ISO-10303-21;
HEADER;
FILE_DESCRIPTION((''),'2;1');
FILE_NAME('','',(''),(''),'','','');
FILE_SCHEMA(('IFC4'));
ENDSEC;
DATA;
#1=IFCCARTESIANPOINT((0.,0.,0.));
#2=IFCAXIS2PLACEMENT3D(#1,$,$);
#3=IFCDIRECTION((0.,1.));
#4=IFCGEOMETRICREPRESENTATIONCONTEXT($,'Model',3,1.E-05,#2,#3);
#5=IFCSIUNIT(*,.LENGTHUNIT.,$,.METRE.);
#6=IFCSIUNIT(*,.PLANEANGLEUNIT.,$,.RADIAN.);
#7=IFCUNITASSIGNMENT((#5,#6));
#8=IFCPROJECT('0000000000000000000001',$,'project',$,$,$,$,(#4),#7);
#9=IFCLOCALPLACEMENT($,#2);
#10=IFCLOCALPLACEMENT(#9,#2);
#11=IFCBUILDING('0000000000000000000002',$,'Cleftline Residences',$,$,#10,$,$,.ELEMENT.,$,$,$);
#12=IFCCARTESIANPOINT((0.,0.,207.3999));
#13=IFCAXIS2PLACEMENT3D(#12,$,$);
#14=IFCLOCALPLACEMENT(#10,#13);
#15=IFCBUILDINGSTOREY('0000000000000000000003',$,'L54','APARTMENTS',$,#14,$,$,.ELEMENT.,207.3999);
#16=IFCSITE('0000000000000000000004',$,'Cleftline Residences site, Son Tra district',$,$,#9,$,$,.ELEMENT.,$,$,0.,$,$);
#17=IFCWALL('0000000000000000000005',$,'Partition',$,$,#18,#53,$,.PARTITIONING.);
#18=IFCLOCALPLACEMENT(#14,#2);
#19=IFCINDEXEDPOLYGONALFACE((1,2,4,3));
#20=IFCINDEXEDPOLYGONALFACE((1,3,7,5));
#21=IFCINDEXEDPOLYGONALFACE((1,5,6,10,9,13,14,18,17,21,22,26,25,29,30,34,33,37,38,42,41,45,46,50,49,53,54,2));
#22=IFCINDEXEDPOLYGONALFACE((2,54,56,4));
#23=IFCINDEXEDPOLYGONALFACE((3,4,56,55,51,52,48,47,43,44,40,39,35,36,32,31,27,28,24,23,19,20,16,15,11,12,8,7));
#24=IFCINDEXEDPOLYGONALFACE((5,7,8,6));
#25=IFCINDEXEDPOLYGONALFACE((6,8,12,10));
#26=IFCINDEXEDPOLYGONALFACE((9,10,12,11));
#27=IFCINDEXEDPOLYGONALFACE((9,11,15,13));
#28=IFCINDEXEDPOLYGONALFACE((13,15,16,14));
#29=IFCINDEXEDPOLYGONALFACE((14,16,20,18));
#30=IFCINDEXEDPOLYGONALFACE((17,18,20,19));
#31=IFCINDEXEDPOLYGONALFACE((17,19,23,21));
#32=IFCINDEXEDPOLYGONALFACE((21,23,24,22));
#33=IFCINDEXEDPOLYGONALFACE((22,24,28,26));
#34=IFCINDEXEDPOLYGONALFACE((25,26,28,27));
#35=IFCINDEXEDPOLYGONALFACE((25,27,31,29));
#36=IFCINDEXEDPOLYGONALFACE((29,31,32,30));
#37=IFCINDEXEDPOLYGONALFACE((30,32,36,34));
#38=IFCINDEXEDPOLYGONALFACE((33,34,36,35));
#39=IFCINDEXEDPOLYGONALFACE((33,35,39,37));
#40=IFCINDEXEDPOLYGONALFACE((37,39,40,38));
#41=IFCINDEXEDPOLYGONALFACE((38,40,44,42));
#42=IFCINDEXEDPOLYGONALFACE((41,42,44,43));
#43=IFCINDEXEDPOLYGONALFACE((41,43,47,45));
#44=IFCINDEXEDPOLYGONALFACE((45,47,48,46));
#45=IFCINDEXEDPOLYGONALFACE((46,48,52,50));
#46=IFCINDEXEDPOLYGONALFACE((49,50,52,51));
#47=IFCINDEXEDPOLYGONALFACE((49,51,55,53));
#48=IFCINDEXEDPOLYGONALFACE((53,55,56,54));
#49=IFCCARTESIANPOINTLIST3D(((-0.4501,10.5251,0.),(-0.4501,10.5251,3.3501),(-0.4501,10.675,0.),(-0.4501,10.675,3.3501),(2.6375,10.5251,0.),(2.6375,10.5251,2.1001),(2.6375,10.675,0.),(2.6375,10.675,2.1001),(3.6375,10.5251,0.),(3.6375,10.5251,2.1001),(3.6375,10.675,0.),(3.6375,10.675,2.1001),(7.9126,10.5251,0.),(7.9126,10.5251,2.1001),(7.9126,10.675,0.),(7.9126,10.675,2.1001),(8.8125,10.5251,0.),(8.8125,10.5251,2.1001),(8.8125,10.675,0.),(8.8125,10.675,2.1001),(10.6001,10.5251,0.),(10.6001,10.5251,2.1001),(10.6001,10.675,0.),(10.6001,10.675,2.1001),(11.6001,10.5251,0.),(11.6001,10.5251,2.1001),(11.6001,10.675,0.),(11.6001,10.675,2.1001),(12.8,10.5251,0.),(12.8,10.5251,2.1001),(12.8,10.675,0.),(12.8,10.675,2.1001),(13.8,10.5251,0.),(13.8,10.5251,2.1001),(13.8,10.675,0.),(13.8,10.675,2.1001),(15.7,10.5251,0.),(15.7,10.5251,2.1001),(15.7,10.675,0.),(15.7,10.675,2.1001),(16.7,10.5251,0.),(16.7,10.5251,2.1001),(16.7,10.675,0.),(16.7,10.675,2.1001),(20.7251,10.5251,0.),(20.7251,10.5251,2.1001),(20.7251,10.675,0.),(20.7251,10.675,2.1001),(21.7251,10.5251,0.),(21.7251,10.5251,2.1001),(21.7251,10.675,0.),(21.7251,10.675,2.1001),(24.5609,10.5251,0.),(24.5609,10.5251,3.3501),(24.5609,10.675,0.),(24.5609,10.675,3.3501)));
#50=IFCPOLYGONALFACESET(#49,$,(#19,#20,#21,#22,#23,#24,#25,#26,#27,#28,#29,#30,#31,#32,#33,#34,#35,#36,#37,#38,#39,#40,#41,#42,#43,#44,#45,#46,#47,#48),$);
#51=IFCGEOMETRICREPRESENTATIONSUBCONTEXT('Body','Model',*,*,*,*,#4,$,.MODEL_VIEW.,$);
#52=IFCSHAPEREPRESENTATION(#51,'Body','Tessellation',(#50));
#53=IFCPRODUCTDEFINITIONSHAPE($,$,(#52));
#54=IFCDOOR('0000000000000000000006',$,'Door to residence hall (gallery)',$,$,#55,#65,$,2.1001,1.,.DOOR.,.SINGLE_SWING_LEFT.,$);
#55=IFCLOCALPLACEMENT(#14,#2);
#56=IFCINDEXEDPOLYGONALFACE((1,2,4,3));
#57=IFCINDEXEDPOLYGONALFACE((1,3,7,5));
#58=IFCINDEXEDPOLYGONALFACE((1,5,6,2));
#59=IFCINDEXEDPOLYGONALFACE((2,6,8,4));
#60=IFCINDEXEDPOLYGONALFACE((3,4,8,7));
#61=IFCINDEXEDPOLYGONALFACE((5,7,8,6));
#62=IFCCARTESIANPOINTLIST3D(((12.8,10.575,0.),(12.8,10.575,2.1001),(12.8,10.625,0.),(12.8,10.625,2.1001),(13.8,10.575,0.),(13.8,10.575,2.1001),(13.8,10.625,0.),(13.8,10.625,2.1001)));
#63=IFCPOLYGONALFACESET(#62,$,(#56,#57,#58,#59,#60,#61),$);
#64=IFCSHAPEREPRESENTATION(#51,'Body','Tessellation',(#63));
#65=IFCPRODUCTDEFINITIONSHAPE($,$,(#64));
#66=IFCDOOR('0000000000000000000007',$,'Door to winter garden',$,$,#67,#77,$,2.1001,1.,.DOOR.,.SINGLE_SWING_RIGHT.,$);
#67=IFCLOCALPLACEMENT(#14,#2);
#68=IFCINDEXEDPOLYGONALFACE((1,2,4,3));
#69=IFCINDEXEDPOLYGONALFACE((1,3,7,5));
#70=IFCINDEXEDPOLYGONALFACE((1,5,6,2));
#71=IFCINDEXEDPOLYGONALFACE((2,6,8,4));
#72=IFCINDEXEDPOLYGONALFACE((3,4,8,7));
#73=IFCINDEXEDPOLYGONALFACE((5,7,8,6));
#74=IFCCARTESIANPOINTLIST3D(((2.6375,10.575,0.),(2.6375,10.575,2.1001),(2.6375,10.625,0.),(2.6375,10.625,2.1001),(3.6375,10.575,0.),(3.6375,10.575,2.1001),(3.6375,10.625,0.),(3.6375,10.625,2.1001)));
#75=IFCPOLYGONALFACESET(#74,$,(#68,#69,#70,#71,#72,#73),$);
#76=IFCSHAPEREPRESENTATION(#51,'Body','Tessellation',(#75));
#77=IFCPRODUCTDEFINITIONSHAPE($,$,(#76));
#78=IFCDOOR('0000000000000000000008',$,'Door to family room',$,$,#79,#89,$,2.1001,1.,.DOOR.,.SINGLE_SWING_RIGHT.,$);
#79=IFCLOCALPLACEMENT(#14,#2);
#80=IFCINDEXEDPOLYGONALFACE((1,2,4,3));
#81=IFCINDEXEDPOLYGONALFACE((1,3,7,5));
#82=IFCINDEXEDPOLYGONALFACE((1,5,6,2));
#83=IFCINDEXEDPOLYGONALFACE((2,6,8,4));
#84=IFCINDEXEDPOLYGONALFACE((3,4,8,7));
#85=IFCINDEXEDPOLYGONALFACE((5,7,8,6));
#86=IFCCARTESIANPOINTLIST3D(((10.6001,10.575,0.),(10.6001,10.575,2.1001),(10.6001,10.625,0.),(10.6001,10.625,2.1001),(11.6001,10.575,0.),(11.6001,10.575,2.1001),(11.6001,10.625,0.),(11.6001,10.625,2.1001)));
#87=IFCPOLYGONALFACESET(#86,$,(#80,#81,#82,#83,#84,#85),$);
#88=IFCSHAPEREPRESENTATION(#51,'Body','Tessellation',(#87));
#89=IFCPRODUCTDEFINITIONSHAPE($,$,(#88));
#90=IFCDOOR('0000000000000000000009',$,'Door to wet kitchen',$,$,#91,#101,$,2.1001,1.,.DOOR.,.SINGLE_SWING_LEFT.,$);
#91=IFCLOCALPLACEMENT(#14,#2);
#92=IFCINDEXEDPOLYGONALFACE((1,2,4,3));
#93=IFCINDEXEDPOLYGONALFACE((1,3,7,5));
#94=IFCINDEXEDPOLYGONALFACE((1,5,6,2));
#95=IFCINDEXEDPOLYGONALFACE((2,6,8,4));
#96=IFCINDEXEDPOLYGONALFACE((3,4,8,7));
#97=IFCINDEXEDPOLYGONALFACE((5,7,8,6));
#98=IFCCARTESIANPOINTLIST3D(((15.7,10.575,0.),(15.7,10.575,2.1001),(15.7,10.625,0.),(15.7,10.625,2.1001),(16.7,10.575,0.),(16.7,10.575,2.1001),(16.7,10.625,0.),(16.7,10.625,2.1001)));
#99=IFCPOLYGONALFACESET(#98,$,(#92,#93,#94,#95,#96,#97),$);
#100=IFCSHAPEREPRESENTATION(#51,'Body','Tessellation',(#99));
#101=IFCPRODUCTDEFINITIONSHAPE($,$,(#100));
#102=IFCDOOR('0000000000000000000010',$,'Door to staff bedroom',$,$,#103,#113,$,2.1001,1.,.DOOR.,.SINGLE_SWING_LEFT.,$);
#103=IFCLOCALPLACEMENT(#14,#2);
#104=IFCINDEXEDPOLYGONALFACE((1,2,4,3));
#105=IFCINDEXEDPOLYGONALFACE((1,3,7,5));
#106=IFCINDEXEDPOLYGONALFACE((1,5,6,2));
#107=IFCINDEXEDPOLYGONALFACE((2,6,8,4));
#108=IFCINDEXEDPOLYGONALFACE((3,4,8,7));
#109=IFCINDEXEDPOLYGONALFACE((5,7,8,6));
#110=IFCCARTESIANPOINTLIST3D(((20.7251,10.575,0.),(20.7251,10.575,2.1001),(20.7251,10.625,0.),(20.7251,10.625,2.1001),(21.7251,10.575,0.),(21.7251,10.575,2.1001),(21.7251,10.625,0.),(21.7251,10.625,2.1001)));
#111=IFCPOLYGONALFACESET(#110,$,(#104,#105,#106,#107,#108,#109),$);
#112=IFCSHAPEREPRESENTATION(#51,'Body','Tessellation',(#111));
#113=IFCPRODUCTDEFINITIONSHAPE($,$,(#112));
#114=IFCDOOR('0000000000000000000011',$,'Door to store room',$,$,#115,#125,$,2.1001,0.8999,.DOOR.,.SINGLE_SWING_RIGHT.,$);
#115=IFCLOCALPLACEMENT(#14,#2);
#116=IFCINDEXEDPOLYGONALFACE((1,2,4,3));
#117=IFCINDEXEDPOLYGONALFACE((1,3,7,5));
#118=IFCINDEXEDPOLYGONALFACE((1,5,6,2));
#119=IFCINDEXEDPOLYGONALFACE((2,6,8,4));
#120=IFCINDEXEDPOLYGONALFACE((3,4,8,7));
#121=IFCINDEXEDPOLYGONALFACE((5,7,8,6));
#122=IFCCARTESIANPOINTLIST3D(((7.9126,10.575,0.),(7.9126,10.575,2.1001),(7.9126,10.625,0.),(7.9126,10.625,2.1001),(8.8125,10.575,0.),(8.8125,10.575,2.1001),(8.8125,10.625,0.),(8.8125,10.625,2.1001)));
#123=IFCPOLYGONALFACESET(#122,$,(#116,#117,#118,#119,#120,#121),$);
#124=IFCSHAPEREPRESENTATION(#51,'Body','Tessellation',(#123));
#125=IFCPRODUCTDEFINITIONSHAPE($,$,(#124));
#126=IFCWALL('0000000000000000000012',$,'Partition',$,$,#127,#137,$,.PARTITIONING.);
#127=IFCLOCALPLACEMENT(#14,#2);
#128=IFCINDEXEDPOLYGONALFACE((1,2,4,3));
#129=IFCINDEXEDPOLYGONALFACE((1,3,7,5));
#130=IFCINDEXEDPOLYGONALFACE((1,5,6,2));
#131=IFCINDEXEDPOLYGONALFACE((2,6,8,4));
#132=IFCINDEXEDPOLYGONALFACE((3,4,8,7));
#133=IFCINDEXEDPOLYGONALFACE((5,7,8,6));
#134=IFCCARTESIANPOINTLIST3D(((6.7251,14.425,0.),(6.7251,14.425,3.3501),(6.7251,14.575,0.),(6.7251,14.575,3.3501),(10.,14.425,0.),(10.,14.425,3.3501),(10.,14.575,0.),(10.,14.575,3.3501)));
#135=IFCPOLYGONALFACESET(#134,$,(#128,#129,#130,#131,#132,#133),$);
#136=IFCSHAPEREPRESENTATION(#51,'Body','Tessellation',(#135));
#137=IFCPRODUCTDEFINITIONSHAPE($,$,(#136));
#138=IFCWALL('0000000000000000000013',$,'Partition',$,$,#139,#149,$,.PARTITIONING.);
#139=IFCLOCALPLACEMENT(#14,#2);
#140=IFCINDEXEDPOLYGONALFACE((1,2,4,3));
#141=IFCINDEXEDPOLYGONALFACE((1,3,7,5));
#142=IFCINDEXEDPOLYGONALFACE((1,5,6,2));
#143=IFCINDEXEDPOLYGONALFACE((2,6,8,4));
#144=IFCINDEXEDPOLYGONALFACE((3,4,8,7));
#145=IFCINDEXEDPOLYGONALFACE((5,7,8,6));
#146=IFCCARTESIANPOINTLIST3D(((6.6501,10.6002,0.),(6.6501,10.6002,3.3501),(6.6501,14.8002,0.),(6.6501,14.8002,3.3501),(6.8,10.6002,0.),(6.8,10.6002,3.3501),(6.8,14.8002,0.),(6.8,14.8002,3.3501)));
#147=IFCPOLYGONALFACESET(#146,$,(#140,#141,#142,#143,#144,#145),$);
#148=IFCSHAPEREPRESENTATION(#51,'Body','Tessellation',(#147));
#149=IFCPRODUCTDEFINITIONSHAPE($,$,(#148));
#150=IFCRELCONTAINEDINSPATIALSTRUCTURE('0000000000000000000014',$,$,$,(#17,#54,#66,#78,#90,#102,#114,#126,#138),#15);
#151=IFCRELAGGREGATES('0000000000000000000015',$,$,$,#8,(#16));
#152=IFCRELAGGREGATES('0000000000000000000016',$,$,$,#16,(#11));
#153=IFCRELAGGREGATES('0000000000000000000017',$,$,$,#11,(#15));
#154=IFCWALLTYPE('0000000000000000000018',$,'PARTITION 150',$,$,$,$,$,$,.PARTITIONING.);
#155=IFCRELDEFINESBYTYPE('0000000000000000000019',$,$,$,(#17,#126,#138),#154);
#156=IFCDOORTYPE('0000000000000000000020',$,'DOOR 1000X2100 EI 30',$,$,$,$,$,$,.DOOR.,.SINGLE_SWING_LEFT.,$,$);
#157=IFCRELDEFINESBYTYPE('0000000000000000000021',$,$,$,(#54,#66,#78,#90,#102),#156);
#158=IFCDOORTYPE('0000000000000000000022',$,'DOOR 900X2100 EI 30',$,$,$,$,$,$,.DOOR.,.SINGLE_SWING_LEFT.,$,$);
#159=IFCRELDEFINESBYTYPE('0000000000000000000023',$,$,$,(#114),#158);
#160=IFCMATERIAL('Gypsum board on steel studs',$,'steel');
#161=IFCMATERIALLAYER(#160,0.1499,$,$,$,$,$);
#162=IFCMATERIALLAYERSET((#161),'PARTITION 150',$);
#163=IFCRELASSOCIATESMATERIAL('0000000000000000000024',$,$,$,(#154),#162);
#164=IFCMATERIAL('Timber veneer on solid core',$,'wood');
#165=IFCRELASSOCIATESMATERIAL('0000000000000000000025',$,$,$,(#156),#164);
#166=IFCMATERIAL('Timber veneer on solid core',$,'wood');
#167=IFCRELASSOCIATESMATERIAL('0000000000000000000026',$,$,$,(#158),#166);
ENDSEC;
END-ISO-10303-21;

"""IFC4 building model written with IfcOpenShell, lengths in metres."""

from ifc_helpers import new_model, si_unit, direction, frame, frame_2d, origin, place, context, subcontext, project, spatial, rectangle, extrude, material, layer, layer_set, type_object, element, fill, save


model = new_model("IFC4")

# Units and contexts
model_context = context("Model", 3, precision=1e-05, world=origin(), true_north=direction((0.0, 1.0)))
body_context = subcontext(model_context, "Body", "Model", "MODEL_VIEW")
ifc_project = project(units=[si_unit("LENGTHUNIT", "METRE"), si_unit("PLANEANGLEUNIT", "RADIAN")], contexts=[model_context])

# Site, building, storey
site_placement = place(None, origin())
site = spatial("IfcSite", under=ifc_project, at=site_placement, Name="Cleftline Residences site, Son Tra district", CompositionType="ELEMENT", RefElevation=0.0)
building_placement = place(site_placement, origin())
building = spatial("IfcBuilding", under=site, at=building_placement, Name="Cleftline Residences", CompositionType="ELEMENT")
storey_placement = place(building_placement, frame((0.0, 0.0, 207.3999)))
storey = spatial("IfcBuildingStorey", under=building, at=storey_placement, Name="L54", Description="APARTMENTS", CompositionType="ELEMENT", Elevation=207.3999)

# Wall, openings, doors
ifc_material_1 = material(Name="Gypsum board on steel studs", Category="steel")
ifc_layer = layer(ifc_material_1, 0.1499)
ifc_layer_set = layer_set([ifc_layer], Name="PARTITION 150")
wall_type = type_object("IfcWallType", Name="PARTITION 150", PredefinedType="PARTITIONING", material=ifc_layer_set)
wall_1_placement = place(storey_placement, frame((-0.45, 10.6001, 0.0), z_axis=(0.0, 0.0, 1.0), x_axis=(1.0, 0.0, 0.0)))
wall_1 = element("IfcWall", 1, at=wall_1_placement, inside=storey, type_object=wall_type, Name="Partition", PredefinedType="PARTITIONING", context=body_context, shape_type="SweptSolid", body=[
    extrude(rectangle(XDim=25.011, YDim=0.1499, at=frame_2d((12.5054, 0.0))), origin(), (0.0, 0.0, 1.0), 3.3501),
])
opening_1_placement = place(wall_1_placement, frame((13.25, 0.0, 0.0)))
opening_1 = element("IfcOpeningElement", 2, at=opening_1_placement, cuts=wall_1, PredefinedType="OPENING", context=body_context, shape_type="SweptSolid", body=[
    extrude(rectangle(XDim=1.0, YDim=2.1001, at=frame_2d((0.5, 1.05))), frame((0.0, 0.085, 0.0), z_axis=(0.0, -1.0, 0.0), x_axis=(1.0, 0.0, 0.0)), (0.0, 0.0, 1.0), 0.1699),
])
opening_2_placement = place(wall_1_placement, frame((3.0874, 0.0, 0.0)))
opening_2 = element("IfcOpeningElement", 3, at=opening_2_placement, cuts=wall_1, PredefinedType="OPENING", context=body_context, shape_type="SweptSolid", body=[
    extrude(rectangle(XDim=1.0, YDim=2.1001, at=frame_2d((0.5, 1.05))), frame((0.0, 0.085, 0.0), z_axis=(0.0, -1.0, 0.0), x_axis=(1.0, 0.0, 0.0)), (0.0, 0.0, 1.0), 0.1699),
])
opening_3_placement = place(wall_1_placement, frame((8.3625, 0.0, 0.0)))
opening_3 = element("IfcOpeningElement", 4, at=opening_3_placement, cuts=wall_1, PredefinedType="OPENING", context=body_context, shape_type="SweptSolid", body=[
    extrude(rectangle(XDim=0.8999, YDim=2.1001, at=frame_2d((0.45, 1.05))), frame((0.0, 0.085, 0.0), z_axis=(0.0, -1.0, 0.0), x_axis=(1.0, 0.0, 0.0)), (0.0, 0.0, 1.0), 0.1699),
])
opening_4_placement = place(wall_1_placement, frame((11.05, 0.0, 0.0)))
opening_4 = element("IfcOpeningElement", 5, at=opening_4_placement, cuts=wall_1, PredefinedType="OPENING", context=body_context, shape_type="SweptSolid", body=[
    extrude(rectangle(XDim=1.0, YDim=2.1001, at=frame_2d((0.5, 1.05))), frame((0.0, 0.085, 0.0), z_axis=(0.0, -1.0, 0.0), x_axis=(1.0, 0.0, 0.0)), (0.0, 0.0, 1.0), 0.1699),
])
opening_5_placement = place(wall_1_placement, frame((16.1499, 0.0, 0.0)))
opening_5 = element("IfcOpeningElement", 6, at=opening_5_placement, cuts=wall_1, PredefinedType="OPENING", context=body_context, shape_type="SweptSolid", body=[
    extrude(rectangle(XDim=1.0, YDim=2.1001, at=frame_2d((0.5, 1.05))), frame((0.0, 0.085, 0.0), z_axis=(0.0, -1.0, 0.0), x_axis=(1.0, 0.0, 0.0)), (0.0, 0.0, 1.0), 0.1699),
])
opening_6_placement = place(wall_1_placement, frame((21.175, 0.0, 0.0)))
opening_6 = element("IfcOpeningElement", 7, at=opening_6_placement, cuts=wall_1, PredefinedType="OPENING", context=body_context, shape_type="SweptSolid", body=[
    extrude(rectangle(XDim=1.0, YDim=2.1001, at=frame_2d((0.5, 1.05))), frame((0.0, 0.085, 0.0), z_axis=(0.0, -1.0, 0.0), x_axis=(1.0, 0.0, 0.0)), (0.0, 0.0, 1.0), 0.1699),
])
ifc_material_2 = material(Name="Timber veneer on solid core", Category="wood")
door_type_1 = type_object("IfcDoorType", Name="DOOR 1000X2100 EI 30", OperationType="SINGLE_SWING_LEFT", PredefinedType="DOOR", material=ifc_material_2)
door_1_placement = place(opening_1_placement, origin())
door_1 = element("IfcDoor", 8, at=door_1_placement, inside=storey, type_object=door_type_1, Name="Door to residence hall (gallery)", OperationType="SINGLE_SWING_LEFT", OverallHeight=2.1001, OverallWidth=1.0, PredefinedType="DOOR", context=body_context, shape_type="SweptSolid", body=[
    extrude(rectangle(XDim=1.0, YDim=2.1001, at=frame_2d((0.5, 1.05))), frame((0.0, 0.0249, 0.0), z_axis=(0.0, -1.0, 0.0), x_axis=(1.0, 0.0, 0.0)), (0.0, 0.0, 1.0), 0.05),
])
fill(opening_1, door_1)
door_2_placement = place(opening_2_placement, origin())
door_2 = element("IfcDoor", 9, at=door_2_placement, inside=storey, type_object=door_type_1, Name="Door to winter garden", OperationType="SINGLE_SWING_RIGHT", OverallHeight=2.1001, OverallWidth=1.0, PredefinedType="DOOR", context=body_context, shape_type="SweptSolid", body=[
    extrude(rectangle(XDim=1.0, YDim=2.1001, at=frame_2d((0.5, 1.05))), frame((0.0, 0.0249, 0.0), z_axis=(0.0, -1.0, 0.0), x_axis=(1.0, 0.0, 0.0)), (0.0, 0.0, 1.0), 0.05),
])
fill(opening_2, door_2)
door_3_placement = place(opening_4_placement, origin())
door_3 = element("IfcDoor", 10, at=door_3_placement, inside=storey, type_object=door_type_1, Name="Door to family room", OperationType="SINGLE_SWING_RIGHT", OverallHeight=2.1001, OverallWidth=1.0, PredefinedType="DOOR", context=body_context, shape_type="SweptSolid", body=[
    extrude(rectangle(XDim=1.0, YDim=2.1001, at=frame_2d((0.5, 1.05))), frame((0.0, 0.0249, 0.0), z_axis=(0.0, -1.0, 0.0), x_axis=(1.0, 0.0, 0.0)), (0.0, 0.0, 1.0), 0.05),
])
fill(opening_4, door_3)
door_4_placement = place(opening_5_placement, origin())
door_4 = element("IfcDoor", 11, at=door_4_placement, inside=storey, type_object=door_type_1, Name="Door to wet kitchen", OperationType="SINGLE_SWING_LEFT", OverallHeight=2.1001, OverallWidth=1.0, PredefinedType="DOOR", context=body_context, shape_type="SweptSolid", body=[
    extrude(rectangle(XDim=1.0, YDim=2.1001, at=frame_2d((0.5, 1.05))), frame((0.0, 0.0249, 0.0), z_axis=(0.0, -1.0, 0.0), x_axis=(1.0, 0.0, 0.0)), (0.0, 0.0, 1.0), 0.05),
])
fill(opening_5, door_4)
door_5_placement = place(opening_6_placement, origin())
door_5 = element("IfcDoor", 12, at=door_5_placement, inside=storey, type_object=door_type_1, Name="Door to staff bedroom", OperationType="SINGLE_SWING_LEFT", OverallHeight=2.1001, OverallWidth=1.0, PredefinedType="DOOR", context=body_context, shape_type="SweptSolid", body=[
    extrude(rectangle(XDim=1.0, YDim=2.1001, at=frame_2d((0.5, 1.05))), frame((0.0, 0.0249, 0.0), z_axis=(0.0, -1.0, 0.0), x_axis=(1.0, 0.0, 0.0)), (0.0, 0.0, 1.0), 0.05),
])
fill(opening_6, door_5)
ifc_material_3 = material(Name="Timber veneer on solid core", Category="wood")
door_type_2 = type_object("IfcDoorType", Name="DOOR 900X2100 EI 30", OperationType="SINGLE_SWING_LEFT", PredefinedType="DOOR", material=ifc_material_3)
door_6_placement = place(opening_3_placement, origin())
door_6 = element("IfcDoor", 13, at=door_6_placement, inside=storey, type_object=door_type_2, Name="Door to store room", OperationType="SINGLE_SWING_RIGHT", OverallHeight=2.1001, OverallWidth=0.8999, PredefinedType="DOOR", context=body_context, shape_type="SweptSolid", body=[
    extrude(rectangle(XDim=0.8999, YDim=2.1001, at=frame_2d((0.45, 1.05))), frame((0.0, 0.0249, 0.0), z_axis=(0.0, -1.0, 0.0), x_axis=(1.0, 0.0, 0.0)), (0.0, 0.0, 1.0), 0.05),
])
fill(opening_3, door_6)

# Walls
wall_2_placement = place(storey_placement, frame((6.7251, 14.5, 0.0), z_axis=(0.0, 0.0, 1.0), x_axis=(1.0, 0.0, 0.0)))
element("IfcWall", 14, at=wall_2_placement, inside=storey, type_object=wall_type, Name="Partition", PredefinedType="PARTITIONING", context=body_context, shape_type="SweptSolid", body=[
    extrude(rectangle(XDim=3.2749, YDim=0.1499, at=frame_2d((1.6375, 0.0))), origin(), (0.0, 0.0, 1.0), 3.3501),
])
wall_3_placement = place(storey_placement, frame((6.7251, 10.6001, 0.0), z_axis=(0.0, 0.0, 1.0), x_axis=(0.0, 1.0, 0.0)))
element("IfcWall", 15, at=wall_3_placement, inside=storey, type_object=wall_type, Name="Partition", PredefinedType="PARTITIONING", context=body_context, shape_type="SweptSolid", body=[
    extrude(rectangle(XDim=4.2, YDim=0.1499, at=frame_2d((2.1001, 0.0))), origin(), (0.0, 0.0, 1.0), 3.3501),
])

save(model, "model.ifc")
